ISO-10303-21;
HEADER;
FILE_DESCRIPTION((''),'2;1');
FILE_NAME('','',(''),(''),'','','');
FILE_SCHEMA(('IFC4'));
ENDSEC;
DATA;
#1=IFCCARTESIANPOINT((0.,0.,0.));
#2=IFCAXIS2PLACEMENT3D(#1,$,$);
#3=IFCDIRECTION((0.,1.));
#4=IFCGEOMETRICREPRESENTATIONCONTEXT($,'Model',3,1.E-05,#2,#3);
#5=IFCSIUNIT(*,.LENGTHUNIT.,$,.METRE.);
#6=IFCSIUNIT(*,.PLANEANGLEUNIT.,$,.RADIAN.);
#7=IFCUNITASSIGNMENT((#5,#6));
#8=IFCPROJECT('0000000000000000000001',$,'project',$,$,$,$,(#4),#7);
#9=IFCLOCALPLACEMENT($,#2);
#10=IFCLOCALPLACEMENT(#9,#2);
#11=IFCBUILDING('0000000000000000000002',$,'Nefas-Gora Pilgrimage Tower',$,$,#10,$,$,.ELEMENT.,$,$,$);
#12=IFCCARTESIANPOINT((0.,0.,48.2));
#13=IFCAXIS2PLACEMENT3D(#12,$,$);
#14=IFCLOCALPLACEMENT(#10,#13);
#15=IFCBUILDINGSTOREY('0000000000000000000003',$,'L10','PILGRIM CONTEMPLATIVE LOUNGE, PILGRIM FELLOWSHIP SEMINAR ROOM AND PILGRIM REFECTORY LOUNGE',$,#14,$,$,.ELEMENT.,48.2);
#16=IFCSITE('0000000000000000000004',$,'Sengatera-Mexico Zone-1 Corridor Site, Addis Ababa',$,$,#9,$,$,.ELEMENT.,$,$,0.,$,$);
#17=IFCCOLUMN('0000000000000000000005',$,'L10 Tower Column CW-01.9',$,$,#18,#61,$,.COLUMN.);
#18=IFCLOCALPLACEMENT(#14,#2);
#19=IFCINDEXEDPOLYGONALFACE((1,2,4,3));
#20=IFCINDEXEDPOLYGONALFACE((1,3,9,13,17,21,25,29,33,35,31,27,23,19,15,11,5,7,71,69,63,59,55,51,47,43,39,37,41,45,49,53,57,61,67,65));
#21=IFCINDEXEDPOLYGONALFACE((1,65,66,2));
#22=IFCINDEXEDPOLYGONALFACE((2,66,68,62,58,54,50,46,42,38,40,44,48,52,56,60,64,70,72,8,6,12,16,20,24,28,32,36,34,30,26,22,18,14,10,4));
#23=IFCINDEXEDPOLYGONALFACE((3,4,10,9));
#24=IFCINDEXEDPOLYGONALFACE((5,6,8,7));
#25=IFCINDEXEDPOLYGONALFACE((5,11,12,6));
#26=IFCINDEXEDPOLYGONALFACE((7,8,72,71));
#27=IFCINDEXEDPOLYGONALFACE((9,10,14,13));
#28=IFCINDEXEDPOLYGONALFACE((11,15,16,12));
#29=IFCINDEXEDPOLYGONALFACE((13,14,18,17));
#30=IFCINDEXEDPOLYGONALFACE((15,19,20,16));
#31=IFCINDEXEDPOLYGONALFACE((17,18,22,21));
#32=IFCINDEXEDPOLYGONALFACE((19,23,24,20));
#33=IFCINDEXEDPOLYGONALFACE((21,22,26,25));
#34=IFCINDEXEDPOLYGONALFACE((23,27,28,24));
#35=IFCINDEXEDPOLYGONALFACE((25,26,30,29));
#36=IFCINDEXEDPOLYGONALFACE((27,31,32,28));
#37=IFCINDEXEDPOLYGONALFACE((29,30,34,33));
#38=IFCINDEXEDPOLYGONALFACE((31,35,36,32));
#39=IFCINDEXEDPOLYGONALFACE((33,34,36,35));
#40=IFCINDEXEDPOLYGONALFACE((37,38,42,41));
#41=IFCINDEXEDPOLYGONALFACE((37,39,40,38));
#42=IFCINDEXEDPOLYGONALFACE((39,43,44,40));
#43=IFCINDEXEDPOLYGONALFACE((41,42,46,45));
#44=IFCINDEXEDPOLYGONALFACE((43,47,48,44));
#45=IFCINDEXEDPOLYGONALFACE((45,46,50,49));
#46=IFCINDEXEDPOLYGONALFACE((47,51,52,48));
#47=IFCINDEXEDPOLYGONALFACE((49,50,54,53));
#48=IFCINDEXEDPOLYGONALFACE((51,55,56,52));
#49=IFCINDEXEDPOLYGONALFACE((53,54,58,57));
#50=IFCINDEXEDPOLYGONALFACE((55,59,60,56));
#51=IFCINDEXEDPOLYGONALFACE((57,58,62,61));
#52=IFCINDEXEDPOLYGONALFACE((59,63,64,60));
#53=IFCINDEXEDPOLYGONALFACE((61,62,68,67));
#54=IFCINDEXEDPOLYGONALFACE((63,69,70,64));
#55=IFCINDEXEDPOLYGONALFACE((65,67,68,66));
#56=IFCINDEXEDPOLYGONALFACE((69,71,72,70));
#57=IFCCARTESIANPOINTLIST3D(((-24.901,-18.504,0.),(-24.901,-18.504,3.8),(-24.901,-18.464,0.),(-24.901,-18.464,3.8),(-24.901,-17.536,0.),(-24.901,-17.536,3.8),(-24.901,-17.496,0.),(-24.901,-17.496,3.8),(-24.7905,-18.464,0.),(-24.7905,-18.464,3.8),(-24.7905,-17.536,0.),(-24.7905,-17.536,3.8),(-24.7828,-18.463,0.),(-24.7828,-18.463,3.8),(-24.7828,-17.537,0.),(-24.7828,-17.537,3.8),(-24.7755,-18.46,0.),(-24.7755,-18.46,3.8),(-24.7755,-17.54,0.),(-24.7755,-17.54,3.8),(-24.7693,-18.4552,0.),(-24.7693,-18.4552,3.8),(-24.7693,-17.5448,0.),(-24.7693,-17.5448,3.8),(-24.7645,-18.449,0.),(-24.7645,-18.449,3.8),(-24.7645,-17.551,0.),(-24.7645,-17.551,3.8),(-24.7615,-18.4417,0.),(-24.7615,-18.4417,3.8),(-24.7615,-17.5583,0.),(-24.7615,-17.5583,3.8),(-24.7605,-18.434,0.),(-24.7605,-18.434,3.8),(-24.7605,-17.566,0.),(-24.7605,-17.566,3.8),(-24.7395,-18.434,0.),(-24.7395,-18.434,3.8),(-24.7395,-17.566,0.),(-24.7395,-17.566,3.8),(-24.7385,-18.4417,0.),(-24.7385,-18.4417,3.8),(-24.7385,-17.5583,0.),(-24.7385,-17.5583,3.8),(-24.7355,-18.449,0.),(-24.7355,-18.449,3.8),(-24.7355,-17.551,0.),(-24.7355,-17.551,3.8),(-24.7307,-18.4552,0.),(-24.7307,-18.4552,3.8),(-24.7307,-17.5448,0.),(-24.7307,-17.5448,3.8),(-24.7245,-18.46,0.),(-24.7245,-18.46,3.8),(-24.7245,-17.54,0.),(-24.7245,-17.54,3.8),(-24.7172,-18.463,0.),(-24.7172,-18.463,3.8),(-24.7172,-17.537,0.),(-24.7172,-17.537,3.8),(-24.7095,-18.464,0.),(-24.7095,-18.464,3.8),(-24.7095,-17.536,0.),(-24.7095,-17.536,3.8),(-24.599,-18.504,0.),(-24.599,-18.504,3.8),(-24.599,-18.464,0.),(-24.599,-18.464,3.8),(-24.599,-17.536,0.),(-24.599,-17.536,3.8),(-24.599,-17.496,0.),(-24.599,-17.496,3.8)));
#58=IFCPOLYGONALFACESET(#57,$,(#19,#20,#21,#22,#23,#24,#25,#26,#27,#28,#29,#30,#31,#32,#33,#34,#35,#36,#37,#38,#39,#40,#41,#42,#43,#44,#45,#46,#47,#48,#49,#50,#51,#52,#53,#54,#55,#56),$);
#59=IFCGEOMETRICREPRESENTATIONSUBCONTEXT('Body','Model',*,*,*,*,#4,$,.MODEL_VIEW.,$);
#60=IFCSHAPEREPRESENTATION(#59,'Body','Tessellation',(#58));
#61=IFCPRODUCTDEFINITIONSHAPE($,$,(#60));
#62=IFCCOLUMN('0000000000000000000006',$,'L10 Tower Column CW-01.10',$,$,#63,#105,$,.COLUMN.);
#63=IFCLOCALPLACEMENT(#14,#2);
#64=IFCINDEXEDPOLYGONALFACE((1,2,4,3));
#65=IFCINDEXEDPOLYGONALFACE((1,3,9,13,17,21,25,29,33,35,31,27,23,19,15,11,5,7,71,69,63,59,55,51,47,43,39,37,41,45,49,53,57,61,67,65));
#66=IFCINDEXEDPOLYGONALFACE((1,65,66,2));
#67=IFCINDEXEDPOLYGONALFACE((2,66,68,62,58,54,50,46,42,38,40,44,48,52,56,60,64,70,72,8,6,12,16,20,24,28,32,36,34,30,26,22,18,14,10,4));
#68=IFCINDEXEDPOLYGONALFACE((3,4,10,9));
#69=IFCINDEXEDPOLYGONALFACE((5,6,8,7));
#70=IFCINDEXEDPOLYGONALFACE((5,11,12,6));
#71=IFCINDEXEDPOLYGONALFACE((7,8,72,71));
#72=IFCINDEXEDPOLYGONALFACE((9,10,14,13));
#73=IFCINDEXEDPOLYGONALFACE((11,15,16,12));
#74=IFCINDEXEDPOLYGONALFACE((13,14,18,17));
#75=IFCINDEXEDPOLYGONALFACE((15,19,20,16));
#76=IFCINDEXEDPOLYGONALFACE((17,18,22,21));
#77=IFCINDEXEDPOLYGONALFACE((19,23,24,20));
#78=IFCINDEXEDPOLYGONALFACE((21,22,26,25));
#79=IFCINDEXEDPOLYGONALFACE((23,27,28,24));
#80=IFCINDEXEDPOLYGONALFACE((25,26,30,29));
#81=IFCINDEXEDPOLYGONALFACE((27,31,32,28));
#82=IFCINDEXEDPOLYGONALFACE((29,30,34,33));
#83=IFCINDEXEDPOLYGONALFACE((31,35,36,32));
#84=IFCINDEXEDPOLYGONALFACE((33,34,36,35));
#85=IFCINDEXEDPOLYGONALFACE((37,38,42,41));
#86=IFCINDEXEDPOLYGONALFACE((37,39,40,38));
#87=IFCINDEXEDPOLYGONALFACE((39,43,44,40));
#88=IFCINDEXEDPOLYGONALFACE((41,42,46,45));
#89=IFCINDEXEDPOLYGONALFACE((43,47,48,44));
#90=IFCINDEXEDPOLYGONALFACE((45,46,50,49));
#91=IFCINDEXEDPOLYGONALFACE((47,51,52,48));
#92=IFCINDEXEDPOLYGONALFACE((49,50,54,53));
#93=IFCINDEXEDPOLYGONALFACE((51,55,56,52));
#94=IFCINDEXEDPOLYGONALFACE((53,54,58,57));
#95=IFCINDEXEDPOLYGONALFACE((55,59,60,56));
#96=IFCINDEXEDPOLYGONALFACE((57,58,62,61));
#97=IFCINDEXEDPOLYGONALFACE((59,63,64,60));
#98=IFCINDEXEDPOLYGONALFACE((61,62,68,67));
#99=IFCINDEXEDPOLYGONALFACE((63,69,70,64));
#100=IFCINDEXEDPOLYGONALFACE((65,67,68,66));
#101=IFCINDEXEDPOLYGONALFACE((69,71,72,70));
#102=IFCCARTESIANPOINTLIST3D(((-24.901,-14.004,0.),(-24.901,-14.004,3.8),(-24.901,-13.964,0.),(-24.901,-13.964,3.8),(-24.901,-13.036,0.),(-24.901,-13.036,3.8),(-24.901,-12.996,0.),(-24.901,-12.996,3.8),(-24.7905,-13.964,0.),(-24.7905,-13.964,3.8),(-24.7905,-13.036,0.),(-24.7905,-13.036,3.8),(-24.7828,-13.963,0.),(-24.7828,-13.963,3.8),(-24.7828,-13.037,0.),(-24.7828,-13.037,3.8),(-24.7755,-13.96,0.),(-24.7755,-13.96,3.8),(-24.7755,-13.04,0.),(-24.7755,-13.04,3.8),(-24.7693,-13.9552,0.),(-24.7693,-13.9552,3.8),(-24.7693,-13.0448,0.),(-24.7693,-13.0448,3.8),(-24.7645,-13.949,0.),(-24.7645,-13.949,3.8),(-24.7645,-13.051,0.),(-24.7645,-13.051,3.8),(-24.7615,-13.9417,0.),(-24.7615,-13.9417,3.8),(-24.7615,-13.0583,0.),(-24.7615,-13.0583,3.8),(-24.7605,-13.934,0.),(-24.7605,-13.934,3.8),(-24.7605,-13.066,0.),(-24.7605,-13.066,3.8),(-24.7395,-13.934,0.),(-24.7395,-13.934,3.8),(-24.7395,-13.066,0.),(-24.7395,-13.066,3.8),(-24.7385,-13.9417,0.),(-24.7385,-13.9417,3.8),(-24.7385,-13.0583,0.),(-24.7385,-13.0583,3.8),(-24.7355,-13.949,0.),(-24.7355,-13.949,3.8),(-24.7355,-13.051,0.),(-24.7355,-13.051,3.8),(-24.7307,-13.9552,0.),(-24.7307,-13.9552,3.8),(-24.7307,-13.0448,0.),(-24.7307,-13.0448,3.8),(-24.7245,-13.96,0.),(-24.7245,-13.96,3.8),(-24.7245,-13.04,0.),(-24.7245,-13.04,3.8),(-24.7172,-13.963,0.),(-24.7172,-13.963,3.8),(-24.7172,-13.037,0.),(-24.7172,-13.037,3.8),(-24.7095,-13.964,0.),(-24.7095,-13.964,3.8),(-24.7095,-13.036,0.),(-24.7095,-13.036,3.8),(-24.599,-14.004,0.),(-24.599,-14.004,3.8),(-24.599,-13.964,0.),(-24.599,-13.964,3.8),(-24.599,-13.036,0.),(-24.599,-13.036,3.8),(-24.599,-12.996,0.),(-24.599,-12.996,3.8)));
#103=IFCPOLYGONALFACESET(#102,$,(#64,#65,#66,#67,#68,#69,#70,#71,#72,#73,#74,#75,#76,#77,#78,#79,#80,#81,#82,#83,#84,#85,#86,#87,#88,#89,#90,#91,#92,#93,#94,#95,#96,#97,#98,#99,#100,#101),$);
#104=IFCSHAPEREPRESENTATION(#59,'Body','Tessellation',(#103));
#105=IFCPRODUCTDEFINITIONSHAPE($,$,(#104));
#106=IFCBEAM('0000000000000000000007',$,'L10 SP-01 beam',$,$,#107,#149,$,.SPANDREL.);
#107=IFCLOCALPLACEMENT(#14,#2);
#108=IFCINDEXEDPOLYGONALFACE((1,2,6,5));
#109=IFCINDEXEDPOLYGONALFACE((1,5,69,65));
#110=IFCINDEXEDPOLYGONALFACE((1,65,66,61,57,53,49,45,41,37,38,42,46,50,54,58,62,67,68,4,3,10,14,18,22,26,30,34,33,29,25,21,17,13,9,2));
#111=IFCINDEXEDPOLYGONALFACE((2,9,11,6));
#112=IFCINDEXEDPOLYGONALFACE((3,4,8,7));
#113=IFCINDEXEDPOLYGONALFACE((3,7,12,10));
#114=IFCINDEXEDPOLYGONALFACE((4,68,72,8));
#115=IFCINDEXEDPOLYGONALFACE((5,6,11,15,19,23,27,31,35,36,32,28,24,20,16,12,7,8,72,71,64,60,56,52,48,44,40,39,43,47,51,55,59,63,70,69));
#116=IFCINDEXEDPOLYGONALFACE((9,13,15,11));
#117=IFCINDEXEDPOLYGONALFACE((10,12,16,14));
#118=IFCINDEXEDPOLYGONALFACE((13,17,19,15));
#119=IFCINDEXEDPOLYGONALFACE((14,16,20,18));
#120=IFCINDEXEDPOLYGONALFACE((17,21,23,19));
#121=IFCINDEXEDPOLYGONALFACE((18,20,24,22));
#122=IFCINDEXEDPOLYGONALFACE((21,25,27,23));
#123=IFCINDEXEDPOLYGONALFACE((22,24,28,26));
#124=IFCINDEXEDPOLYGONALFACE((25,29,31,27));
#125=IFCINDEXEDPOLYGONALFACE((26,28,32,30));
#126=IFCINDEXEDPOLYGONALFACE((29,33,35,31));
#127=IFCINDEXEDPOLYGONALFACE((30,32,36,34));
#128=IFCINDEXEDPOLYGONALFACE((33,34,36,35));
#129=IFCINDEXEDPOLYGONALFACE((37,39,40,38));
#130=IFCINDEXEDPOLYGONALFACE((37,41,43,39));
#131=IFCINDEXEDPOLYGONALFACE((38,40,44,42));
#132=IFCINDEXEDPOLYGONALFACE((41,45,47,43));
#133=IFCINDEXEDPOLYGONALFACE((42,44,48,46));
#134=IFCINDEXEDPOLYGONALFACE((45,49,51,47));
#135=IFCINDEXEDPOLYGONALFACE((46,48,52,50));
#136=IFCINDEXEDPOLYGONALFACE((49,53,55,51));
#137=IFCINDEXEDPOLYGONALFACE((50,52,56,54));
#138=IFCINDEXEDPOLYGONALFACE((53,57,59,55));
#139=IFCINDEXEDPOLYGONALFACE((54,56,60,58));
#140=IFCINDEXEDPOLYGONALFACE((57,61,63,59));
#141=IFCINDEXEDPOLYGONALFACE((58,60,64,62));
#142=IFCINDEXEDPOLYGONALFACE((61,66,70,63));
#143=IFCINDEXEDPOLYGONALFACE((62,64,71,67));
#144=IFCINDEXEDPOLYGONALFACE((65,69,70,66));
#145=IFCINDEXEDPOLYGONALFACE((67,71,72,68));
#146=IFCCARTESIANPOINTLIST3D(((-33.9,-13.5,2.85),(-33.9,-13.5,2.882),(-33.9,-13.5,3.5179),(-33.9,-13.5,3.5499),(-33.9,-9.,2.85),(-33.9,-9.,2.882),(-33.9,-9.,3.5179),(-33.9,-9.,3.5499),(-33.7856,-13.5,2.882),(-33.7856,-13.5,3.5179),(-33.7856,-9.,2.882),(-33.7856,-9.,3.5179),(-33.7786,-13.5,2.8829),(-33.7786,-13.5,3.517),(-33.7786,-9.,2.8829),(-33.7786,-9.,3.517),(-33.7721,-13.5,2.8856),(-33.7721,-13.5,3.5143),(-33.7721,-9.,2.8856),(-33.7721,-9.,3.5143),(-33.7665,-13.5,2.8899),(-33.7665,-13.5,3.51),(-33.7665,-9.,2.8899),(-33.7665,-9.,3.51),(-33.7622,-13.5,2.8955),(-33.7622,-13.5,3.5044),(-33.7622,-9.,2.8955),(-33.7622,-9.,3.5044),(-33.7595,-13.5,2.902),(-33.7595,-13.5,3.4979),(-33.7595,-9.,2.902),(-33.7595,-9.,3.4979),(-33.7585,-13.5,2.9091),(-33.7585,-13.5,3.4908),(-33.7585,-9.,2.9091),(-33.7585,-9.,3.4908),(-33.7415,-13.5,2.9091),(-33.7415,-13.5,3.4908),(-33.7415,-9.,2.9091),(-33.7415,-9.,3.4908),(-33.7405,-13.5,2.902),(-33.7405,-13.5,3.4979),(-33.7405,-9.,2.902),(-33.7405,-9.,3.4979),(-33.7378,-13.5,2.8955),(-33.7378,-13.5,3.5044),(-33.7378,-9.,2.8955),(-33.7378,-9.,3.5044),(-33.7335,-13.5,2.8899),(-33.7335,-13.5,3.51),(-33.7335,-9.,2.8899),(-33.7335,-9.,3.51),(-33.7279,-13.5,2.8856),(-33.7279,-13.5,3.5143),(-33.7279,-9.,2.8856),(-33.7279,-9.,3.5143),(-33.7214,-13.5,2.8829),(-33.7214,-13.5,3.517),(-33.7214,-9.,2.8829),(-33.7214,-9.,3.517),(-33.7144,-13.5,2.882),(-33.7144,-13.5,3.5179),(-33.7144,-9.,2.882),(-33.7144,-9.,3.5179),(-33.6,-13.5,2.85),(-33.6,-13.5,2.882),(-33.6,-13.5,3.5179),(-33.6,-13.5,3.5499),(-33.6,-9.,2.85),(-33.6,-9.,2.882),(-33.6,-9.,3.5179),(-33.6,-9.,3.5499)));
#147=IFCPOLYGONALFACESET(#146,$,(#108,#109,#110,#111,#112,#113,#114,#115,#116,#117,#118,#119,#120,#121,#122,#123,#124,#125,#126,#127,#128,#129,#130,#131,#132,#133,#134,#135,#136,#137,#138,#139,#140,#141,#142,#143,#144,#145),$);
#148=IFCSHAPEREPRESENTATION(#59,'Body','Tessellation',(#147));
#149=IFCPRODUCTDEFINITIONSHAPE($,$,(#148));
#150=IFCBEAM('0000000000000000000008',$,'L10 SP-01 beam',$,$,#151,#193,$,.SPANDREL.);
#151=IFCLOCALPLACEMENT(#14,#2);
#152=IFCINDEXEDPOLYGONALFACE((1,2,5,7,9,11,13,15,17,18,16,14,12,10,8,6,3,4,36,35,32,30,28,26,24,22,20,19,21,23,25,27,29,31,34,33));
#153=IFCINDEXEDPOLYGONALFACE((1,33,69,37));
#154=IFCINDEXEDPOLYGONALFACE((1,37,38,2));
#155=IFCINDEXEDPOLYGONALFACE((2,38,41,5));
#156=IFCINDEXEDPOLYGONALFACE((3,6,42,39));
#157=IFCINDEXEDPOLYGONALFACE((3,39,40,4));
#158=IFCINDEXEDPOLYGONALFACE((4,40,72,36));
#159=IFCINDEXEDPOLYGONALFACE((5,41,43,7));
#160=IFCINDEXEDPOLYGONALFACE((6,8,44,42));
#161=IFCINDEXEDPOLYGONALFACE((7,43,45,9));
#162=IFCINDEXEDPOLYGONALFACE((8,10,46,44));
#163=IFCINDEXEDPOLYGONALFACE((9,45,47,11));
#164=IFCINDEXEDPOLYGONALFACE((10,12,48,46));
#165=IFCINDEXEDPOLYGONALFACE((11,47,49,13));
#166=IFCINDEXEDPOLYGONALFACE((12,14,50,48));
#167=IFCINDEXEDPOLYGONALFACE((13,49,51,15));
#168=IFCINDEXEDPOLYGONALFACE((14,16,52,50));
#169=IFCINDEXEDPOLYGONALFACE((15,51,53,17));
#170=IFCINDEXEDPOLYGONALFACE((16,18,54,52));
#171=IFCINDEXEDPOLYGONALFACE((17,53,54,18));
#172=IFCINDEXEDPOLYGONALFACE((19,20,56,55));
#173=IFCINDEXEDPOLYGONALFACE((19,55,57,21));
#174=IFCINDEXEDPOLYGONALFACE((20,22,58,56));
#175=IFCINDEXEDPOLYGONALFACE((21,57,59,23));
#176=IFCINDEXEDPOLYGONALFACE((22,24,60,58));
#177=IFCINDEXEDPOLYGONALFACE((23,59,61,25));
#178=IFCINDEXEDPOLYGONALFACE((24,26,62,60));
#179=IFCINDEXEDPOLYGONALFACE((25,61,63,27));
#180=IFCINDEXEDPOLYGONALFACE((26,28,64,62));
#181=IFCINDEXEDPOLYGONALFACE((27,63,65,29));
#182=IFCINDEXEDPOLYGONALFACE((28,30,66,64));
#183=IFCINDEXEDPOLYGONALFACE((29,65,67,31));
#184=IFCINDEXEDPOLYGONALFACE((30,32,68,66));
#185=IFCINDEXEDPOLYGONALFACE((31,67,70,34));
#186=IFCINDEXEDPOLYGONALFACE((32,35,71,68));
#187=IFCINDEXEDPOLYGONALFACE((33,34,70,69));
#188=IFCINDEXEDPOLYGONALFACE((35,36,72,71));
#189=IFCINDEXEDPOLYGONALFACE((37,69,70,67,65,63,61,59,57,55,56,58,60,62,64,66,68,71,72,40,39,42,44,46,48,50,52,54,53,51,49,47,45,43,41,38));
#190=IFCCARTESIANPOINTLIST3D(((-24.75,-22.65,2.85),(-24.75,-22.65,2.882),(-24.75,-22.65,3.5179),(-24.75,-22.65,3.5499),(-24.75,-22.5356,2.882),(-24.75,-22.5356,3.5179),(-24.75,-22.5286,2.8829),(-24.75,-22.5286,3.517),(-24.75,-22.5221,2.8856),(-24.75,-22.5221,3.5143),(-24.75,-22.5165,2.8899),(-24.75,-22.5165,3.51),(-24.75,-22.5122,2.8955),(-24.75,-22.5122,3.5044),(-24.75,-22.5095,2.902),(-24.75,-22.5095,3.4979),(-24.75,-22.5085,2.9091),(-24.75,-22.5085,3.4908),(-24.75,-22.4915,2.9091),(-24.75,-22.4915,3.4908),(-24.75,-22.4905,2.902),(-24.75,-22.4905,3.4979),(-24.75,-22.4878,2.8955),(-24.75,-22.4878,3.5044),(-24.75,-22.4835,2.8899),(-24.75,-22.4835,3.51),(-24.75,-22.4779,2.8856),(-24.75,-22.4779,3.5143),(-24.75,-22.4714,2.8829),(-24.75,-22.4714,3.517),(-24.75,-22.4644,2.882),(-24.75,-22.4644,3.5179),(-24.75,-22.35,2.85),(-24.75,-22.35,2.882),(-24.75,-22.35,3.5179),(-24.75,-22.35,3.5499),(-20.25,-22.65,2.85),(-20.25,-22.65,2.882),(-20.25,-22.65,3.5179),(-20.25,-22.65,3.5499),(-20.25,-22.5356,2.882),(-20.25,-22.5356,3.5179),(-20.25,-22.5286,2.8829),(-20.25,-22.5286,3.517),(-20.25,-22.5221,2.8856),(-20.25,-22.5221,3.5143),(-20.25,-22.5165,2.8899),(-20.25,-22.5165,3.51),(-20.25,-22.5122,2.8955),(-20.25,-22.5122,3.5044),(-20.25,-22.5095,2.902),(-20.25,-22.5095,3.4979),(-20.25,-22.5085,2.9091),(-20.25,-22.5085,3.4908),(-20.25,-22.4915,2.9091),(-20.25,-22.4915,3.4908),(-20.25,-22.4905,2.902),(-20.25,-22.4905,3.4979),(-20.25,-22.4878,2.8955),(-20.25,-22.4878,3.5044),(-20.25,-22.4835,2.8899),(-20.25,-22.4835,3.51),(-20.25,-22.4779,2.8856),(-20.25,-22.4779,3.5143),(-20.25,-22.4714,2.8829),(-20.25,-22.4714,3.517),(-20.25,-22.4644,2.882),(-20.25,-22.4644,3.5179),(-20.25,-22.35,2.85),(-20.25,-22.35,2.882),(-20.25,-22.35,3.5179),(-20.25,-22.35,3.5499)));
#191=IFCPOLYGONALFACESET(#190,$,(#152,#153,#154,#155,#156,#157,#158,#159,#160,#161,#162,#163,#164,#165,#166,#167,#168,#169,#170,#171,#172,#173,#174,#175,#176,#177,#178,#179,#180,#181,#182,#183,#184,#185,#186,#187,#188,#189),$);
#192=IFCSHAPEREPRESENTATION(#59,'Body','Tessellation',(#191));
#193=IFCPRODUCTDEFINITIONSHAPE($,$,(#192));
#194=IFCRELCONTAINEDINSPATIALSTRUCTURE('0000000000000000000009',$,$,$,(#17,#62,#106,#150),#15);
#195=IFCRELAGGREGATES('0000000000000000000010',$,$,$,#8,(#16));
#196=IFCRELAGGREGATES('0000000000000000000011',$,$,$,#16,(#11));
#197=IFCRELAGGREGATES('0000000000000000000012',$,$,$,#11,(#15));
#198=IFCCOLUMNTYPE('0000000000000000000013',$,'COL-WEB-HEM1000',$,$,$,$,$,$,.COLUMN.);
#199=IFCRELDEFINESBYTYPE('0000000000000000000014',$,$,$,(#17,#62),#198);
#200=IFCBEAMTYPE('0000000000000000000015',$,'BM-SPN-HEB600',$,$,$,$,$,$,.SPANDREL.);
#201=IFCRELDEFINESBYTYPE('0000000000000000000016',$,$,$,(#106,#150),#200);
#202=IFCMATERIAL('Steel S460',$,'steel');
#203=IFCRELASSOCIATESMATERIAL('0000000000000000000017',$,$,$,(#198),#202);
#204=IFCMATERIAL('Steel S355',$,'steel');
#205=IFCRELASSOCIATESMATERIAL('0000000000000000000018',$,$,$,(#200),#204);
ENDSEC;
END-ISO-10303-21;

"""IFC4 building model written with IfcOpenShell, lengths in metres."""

from ifc_helpers import new_model, si_unit, direction, frame, origin, origin_2d, place, context, subcontext, project, spatial, i_section, extrude, source, transform, mapped, material, material_profile, profile_set, type_object, element, save


model = new_model("IFC4")

# Units and contexts
model_context = context("Model", 3, precision=1e-05, world=origin(), true_north=direction((0.0, 1.0)))
body_context = subcontext(model_context, "Body", "Model", "MODEL_VIEW")
ifc_project = project(units=[si_unit("LENGTHUNIT", "METRE"), si_unit("PLANEANGLEUNIT", "RADIAN")], contexts=[model_context])

# Site, building, storey
site_placement = place(None, origin())
site = spatial("IfcSite", under=ifc_project, at=site_placement, Name="Sengatera-Mexico Zone-1 Corridor Site, Addis Ababa", CompositionType="ELEMENT", RefElevation=0.0)
building_placement = place(site_placement, origin())
building = spatial("IfcBuilding", under=site, at=building_placement, Name="Nefas-Gora Pilgrimage Tower", CompositionType="ELEMENT")
storey_placement = place(building_placement, frame((0.0, 0.0, 48.2)))
storey = spatial("IfcBuildingStorey", under=building, at=storey_placement, Name="L10", Description="PILGRIM CONTEMPLATIVE LOUNGE, PILGRIM FELLOWSHIP SEMINAR ROOM AND PILGRIM REFECTORY LOUNGE", CompositionType="ELEMENT", Elevation=48.2)

# Columns
ifc_material_1 = material(Name="Steel S460", Category="steel")
ifc_material_profile_1 = material_profile(ifc_material_1, i_section(OverallWidth=0.302, OverallDepth=1.0081, WebThickness=0.021, FlangeThickness=0.04, FilletRadius=0.03, at=origin_2d()), Name="HEM 1000")
ifc_profile_set_1 = profile_set([ifc_material_profile_1], Name="Steel S460")
column_type_1 = type_object("IfcColumnType", Name="COL-WEB-HEM1000", PredefinedType="COLUMN", material=ifc_profile_set_1)
shared_shape_1 = source(origin(), body_context, "Body", "SweptSolid", [
    extrude(i_section(OverallWidth=0.302, OverallDepth=1.0081, WebThickness=0.021, FlangeThickness=0.04, FilletRadius=0.03, at=origin_2d()), origin(), (0.0, 0.0, 1.0), 3.8),
])
for number, where, z_axis, x_axis, name in (
    (1, (-24.75, -18.0, 0.0), (0.0, 0.0, 1.0), (1.0, 0.0, 0.0), "L10 Tower Column CW-01.9"),
    (2, (-24.75, -13.5, 0.0), (0.0, 0.0, 1.0), (1.0, 0.0, 0.0), "L10 Tower Column CW-01.10"),
):
    element("IfcColumn", number, at=place(storey_placement, frame(where, z_axis=z_axis, x_axis=x_axis)), inside=storey, type_object=column_type_1, Name=name, PredefinedType="COLUMN", context=body_context, shape_type="MappedRepresentation", body=[
        mapped(shared_shape_1, transform((0.0, 0.0, 0.0), x_axis=(1.0, 0.0, 0.0), y_axis=(0.0, 1.0, 0.0), z_axis=(0.0, 0.0, 1.0), scale=1.0)),
    ])

# Beams
ifc_material_2 = material(Name="Steel S355", Category="steel")
ifc_material_profile_2 = material_profile(ifc_material_2, i_section(OverallWidth=0.3, OverallDepth=0.7, WebThickness=0.0171, FlangeThickness=0.032, FilletRadius=0.0271, at=origin_2d()), Name="HEB 700")
ifc_profile_set_2 = profile_set([ifc_material_profile_2], Name="Steel S355")
beam_type_1 = type_object("IfcBeamType", Name="BM-SPN-HEB600", PredefinedType="SPANDREL", material=ifc_profile_set_2)
shared_shape_2 = source(origin(), body_context, "Body", "SweptSolid", [
    extrude(i_section(OverallWidth=0.3, OverallDepth=0.7, WebThickness=0.0171, FlangeThickness=0.032, FilletRadius=0.0271, at=origin_2d()), origin(), (0.0, 0.0, 1.0), 4.5),
])
for number, where, z_axis, x_axis, name in (
    (3, (-33.75, -13.5, 3.2), (0.0, 1.0, 0.0), (-1.0, 0.0, 0.0), "L10 SP-01 beam"),
    (4, (-24.75, -22.5, 3.2), (1.0, 0.0, 0.0), (0.0, 1.0, 0.0), "L10 SP-01 beam"),
):
    element("IfcBeam", number, at=place(storey_placement, frame(where, z_axis=z_axis, x_axis=x_axis)), inside=storey, type_object=beam_type_1, Name=name, PredefinedType="SPANDREL", context=body_context, shape_type="MappedRepresentation", body=[
        mapped(shared_shape_2, transform((0.0, 0.0, 0.0), x_axis=(1.0, 0.0, 0.0), y_axis=(0.0, 1.0, 0.0), z_axis=(0.0, 0.0, 1.0), scale=1.0)),
    ])

save(model, "model.ifc")
